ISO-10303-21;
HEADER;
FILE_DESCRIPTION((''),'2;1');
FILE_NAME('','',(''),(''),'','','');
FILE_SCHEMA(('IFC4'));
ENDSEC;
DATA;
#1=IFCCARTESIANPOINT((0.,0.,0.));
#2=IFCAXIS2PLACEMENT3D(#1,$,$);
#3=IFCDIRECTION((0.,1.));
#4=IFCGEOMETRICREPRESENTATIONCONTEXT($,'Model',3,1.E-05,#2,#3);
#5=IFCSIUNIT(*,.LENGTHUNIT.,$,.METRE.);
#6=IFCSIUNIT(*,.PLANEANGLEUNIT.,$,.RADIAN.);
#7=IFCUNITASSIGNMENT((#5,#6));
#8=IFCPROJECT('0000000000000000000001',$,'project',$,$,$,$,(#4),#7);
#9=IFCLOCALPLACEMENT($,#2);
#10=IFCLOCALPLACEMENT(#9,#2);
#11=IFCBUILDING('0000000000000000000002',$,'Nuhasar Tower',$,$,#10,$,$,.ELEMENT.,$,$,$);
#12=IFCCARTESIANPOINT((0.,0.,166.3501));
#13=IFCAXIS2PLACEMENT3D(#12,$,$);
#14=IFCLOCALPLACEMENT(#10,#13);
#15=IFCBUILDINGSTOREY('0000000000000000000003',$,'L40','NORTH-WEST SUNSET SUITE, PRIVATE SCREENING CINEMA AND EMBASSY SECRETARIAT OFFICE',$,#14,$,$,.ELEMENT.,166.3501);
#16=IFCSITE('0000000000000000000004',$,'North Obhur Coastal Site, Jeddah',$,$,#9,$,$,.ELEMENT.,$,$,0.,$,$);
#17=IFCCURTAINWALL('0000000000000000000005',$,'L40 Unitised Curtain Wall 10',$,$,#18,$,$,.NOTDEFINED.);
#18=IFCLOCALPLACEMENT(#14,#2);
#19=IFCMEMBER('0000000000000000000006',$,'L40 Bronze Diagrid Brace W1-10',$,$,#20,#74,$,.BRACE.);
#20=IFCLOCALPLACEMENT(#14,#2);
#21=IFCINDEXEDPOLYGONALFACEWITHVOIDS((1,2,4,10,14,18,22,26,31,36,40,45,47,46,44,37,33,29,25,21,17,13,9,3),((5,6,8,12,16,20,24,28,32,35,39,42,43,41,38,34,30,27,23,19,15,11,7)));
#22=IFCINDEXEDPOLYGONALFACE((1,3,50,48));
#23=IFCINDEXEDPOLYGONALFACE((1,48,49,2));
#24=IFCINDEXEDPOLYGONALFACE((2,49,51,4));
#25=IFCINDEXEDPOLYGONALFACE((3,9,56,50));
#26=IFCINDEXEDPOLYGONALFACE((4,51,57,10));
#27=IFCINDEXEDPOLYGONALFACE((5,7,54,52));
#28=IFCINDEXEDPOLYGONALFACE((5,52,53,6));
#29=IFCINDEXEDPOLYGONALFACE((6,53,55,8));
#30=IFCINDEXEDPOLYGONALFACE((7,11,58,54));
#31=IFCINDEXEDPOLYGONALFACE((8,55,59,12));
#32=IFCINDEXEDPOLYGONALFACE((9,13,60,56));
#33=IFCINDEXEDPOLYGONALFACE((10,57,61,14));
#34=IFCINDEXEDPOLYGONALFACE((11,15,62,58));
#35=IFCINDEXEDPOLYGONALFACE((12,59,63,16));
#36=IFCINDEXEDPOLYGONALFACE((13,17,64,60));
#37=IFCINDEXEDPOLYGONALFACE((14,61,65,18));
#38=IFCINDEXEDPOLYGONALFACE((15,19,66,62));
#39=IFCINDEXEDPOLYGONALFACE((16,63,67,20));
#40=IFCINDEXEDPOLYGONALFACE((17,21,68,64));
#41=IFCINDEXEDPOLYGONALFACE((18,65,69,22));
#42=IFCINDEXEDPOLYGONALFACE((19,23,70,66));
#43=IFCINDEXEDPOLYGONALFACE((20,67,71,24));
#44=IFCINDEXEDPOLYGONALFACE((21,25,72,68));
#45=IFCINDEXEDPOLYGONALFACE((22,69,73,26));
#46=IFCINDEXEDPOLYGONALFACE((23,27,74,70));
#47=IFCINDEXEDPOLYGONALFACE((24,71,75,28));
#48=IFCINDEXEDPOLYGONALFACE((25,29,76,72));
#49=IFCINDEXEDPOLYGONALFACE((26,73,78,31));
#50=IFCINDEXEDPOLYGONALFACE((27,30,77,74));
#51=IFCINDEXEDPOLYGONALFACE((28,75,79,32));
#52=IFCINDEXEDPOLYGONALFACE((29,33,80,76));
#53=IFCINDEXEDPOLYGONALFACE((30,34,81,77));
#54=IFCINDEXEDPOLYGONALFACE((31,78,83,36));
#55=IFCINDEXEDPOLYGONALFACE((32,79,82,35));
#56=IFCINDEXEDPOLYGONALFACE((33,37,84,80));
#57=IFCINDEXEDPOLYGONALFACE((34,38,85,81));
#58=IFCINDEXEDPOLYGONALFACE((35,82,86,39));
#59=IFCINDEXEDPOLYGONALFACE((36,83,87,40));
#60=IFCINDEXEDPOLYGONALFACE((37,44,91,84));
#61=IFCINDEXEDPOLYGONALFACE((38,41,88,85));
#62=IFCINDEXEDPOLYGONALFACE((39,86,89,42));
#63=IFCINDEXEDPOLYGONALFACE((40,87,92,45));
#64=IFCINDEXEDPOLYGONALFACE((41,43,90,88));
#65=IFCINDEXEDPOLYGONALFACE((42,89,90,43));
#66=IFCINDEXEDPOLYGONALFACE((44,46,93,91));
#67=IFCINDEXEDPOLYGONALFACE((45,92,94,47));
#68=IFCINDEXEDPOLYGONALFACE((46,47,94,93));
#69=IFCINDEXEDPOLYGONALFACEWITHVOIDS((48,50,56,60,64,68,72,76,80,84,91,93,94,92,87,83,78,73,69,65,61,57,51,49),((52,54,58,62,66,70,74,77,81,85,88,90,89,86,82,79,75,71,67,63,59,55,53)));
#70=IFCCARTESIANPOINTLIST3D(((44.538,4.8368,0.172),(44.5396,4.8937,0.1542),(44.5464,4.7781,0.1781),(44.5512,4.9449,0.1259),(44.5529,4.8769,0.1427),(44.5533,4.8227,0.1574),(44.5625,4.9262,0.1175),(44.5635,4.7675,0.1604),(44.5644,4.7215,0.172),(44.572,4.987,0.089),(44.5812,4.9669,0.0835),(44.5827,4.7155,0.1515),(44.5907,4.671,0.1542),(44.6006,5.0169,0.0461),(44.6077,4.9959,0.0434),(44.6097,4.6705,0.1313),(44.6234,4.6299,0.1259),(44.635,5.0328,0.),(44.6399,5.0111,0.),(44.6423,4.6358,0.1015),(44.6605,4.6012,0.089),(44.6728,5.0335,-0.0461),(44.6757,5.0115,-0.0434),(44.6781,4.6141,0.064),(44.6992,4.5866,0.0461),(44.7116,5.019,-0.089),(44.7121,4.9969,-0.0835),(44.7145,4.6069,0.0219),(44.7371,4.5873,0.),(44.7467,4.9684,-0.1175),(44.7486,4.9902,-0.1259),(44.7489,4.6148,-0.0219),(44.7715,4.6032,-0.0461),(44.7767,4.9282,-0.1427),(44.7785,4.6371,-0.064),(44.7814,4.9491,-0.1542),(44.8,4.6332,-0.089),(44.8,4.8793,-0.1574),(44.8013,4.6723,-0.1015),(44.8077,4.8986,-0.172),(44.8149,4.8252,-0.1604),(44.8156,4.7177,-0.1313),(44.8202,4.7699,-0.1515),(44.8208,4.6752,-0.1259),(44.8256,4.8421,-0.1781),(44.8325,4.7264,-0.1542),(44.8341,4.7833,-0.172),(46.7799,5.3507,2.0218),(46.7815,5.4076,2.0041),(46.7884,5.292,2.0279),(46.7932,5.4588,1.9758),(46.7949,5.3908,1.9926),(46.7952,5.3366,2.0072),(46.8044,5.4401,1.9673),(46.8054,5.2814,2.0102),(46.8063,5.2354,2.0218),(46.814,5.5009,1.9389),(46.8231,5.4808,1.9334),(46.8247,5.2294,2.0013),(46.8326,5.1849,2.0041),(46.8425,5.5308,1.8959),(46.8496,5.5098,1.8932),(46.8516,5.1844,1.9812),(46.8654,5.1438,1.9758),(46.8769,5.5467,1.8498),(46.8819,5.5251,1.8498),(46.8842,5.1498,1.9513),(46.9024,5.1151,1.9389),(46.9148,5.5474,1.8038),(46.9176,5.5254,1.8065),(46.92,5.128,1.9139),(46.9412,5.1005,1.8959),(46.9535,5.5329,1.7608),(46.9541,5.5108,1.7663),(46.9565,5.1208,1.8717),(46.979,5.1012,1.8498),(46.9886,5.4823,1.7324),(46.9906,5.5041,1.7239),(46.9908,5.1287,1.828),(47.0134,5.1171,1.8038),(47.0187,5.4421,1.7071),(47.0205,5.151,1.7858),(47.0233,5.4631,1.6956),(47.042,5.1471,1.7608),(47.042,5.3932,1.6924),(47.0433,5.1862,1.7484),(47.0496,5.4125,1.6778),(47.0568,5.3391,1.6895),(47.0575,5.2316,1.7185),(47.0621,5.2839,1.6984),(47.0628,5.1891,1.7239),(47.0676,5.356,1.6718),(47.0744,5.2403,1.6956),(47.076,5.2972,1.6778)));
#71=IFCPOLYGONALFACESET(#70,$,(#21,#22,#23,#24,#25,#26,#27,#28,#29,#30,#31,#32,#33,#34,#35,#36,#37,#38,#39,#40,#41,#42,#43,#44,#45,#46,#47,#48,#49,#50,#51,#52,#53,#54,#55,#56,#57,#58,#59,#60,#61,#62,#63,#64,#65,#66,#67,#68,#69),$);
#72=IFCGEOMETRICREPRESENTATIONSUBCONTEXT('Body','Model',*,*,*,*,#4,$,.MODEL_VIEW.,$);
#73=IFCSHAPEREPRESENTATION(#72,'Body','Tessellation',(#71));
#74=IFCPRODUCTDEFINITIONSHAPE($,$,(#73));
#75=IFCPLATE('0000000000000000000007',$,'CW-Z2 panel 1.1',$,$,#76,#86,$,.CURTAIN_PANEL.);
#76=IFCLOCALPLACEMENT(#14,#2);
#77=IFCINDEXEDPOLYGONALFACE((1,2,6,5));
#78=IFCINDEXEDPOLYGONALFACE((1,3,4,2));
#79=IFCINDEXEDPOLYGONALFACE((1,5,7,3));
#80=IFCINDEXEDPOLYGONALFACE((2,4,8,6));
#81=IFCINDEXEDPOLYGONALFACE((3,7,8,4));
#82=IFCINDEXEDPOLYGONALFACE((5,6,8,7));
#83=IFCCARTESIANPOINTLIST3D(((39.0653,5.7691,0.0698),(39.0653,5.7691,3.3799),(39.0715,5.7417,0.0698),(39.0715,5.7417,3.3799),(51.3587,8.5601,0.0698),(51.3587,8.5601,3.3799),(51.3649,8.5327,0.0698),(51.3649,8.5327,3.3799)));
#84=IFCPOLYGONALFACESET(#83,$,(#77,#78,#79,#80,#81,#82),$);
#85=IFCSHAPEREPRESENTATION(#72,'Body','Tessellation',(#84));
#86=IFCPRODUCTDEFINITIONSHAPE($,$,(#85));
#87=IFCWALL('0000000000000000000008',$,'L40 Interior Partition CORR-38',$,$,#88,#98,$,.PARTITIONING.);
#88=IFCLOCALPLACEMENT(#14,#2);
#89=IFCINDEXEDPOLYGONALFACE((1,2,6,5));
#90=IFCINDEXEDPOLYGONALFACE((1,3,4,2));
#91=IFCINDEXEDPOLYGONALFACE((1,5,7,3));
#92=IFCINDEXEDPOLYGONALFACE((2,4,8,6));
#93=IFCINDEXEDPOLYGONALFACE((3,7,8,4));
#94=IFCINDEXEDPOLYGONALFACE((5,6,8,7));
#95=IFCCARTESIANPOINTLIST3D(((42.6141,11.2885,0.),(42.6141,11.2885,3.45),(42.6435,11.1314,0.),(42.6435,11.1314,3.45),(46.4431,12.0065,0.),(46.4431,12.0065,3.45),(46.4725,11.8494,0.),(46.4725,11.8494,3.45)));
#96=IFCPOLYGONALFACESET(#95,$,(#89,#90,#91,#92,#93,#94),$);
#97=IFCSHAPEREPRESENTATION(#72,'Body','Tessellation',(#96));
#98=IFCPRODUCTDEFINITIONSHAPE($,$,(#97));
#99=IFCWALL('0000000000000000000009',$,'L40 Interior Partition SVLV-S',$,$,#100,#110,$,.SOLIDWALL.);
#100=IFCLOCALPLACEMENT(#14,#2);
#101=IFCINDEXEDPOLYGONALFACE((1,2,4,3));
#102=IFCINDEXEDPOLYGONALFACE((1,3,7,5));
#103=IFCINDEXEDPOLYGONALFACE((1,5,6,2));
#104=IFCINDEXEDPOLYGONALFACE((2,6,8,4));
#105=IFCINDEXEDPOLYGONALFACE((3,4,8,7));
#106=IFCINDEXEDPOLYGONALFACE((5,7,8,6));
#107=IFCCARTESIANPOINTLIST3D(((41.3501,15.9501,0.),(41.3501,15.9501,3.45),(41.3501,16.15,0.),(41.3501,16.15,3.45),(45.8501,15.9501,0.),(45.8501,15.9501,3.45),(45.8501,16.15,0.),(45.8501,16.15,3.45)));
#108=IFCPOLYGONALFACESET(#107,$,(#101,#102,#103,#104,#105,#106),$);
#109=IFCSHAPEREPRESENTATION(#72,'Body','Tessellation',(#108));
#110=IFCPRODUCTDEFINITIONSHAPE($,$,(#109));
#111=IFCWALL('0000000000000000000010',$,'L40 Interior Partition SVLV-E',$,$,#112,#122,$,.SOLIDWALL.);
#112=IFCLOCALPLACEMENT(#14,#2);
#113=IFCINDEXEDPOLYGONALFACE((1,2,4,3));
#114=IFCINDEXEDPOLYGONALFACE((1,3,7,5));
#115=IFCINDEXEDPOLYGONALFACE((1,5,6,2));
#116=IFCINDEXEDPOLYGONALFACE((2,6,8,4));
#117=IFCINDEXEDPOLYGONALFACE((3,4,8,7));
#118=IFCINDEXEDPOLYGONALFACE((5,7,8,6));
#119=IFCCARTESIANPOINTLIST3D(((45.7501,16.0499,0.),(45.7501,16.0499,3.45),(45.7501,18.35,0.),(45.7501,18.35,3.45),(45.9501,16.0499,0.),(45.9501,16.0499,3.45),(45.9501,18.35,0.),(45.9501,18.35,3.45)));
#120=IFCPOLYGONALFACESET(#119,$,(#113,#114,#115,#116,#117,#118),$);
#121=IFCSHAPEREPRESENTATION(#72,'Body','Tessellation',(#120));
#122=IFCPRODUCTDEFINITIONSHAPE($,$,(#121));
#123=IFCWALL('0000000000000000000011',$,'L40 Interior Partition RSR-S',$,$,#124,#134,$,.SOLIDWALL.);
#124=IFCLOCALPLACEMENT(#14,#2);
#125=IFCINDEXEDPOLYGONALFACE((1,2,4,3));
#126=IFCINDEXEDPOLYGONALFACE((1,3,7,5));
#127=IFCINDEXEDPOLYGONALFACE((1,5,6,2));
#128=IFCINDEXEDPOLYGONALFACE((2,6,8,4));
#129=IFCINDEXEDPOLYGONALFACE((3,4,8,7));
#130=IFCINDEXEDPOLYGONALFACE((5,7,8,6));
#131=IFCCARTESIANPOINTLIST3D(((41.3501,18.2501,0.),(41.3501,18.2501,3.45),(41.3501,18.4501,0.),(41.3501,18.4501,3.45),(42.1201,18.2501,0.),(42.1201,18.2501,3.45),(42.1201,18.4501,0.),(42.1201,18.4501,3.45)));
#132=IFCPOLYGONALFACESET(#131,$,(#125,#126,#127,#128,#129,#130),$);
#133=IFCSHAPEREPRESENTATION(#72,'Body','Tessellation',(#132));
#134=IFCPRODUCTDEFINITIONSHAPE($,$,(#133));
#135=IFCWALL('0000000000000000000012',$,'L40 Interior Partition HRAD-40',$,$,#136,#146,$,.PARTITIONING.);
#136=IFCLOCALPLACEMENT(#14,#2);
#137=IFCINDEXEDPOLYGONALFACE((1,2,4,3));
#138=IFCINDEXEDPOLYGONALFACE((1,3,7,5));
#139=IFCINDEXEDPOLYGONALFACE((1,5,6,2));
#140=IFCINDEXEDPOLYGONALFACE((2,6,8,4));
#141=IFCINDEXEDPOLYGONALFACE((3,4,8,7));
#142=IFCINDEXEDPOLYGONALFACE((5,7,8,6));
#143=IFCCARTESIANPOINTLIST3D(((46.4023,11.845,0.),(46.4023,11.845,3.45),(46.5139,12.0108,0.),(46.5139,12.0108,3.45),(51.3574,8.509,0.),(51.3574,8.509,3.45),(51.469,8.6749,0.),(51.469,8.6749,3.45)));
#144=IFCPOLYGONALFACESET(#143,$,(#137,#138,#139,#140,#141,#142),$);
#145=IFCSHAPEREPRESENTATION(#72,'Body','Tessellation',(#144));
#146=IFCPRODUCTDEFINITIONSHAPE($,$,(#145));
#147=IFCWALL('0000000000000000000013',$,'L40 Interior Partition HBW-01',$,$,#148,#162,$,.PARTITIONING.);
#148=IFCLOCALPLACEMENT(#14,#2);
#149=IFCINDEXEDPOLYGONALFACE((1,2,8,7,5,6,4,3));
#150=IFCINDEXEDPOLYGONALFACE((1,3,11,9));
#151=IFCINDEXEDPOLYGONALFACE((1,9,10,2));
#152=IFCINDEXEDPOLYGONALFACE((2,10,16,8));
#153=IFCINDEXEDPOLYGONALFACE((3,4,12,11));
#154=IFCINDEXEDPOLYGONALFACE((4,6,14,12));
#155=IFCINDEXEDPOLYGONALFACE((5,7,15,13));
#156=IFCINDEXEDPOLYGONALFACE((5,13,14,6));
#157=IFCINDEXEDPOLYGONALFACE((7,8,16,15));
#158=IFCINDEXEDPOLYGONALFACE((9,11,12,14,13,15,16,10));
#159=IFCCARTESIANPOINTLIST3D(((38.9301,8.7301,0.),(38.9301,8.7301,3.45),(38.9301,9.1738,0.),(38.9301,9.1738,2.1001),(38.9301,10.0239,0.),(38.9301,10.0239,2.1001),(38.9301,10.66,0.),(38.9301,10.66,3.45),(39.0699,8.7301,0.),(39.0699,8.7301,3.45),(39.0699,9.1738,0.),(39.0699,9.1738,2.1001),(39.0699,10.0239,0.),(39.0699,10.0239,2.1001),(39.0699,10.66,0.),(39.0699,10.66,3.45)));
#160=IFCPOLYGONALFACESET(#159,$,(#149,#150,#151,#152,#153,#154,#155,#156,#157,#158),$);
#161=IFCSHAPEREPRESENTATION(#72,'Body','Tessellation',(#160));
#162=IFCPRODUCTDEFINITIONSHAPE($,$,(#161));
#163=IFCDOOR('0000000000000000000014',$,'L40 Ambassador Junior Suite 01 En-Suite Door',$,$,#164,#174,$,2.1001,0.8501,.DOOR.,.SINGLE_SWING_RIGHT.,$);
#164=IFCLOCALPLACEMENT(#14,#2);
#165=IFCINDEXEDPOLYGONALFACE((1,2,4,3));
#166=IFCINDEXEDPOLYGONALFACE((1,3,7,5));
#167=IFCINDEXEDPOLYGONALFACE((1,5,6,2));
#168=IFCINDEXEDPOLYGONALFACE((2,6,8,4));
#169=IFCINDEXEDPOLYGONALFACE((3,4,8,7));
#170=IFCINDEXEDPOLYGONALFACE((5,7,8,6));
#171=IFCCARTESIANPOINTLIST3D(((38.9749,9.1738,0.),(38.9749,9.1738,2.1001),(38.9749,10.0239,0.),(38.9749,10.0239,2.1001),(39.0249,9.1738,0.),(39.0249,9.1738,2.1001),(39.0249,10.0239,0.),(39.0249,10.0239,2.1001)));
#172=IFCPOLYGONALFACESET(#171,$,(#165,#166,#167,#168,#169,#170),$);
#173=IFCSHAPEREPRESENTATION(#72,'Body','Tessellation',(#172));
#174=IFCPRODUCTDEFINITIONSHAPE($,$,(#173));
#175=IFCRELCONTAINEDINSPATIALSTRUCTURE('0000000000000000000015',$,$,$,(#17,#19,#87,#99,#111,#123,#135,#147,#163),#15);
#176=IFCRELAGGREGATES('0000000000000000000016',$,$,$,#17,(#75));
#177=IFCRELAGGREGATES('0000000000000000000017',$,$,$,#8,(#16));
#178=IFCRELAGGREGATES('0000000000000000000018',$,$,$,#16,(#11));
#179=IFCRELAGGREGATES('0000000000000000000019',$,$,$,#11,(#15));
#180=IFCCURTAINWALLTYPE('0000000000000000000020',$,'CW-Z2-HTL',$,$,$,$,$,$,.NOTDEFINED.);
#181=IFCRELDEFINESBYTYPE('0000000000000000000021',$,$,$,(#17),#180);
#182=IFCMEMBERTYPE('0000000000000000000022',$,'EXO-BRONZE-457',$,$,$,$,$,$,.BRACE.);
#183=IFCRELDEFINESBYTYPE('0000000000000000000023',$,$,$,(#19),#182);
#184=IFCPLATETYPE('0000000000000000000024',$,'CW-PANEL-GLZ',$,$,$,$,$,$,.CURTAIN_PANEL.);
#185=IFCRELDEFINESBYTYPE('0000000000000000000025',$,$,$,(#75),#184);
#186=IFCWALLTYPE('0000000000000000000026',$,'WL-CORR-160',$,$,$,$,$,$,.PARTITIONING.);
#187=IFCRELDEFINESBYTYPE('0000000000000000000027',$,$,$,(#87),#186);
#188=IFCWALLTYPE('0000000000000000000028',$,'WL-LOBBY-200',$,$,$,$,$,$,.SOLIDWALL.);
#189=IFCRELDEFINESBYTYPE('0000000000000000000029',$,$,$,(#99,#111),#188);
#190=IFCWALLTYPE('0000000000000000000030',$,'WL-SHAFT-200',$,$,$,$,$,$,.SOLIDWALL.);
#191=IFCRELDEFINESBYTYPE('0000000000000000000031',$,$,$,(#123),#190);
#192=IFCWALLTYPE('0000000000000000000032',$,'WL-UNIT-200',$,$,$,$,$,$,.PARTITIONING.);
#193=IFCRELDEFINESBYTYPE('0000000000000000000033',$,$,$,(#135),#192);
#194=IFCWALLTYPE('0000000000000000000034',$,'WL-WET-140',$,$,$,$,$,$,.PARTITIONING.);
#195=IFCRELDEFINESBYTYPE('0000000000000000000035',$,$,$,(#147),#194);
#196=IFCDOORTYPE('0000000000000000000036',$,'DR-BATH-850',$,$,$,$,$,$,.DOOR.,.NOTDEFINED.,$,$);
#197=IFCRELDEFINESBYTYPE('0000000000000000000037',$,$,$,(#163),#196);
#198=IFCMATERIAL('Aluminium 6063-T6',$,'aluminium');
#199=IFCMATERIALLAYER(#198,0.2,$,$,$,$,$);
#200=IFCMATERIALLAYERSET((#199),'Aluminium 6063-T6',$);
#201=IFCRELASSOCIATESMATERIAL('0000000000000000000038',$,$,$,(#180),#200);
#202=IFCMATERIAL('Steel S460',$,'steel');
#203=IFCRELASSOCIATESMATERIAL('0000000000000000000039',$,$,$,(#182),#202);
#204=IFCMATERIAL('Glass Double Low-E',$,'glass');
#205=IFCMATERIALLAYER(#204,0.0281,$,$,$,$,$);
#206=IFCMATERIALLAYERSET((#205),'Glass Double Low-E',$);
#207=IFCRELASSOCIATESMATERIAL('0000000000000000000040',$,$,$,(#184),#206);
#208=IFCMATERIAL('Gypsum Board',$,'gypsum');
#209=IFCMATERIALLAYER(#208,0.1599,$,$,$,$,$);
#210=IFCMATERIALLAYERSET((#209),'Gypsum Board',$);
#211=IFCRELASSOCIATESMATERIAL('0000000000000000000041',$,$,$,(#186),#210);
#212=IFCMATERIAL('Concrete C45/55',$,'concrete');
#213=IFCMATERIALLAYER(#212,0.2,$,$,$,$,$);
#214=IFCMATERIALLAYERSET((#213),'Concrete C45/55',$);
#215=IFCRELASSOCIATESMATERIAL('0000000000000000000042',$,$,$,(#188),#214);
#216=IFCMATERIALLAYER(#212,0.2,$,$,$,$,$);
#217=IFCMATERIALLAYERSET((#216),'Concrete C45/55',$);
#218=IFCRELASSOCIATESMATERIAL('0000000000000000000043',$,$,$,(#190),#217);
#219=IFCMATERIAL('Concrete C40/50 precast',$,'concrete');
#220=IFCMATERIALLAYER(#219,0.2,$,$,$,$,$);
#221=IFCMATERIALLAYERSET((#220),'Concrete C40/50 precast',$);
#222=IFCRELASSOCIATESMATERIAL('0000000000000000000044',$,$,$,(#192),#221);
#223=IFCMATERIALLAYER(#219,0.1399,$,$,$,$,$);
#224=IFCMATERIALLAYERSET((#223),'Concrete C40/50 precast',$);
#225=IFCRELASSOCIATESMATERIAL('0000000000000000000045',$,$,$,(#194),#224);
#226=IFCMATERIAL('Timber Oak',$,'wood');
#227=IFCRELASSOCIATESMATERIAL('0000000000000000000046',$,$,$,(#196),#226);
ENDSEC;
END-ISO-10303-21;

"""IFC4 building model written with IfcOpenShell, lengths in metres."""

from ifc_helpers import new_model, si_unit, direction, frame, frame_2d, origin, origin_2d, place, context, subcontext, project, spatial, rectangle, hollow_circle, extrude, material, layer, layer_set, material_profile, profile_set, type_object, element, fill, aggregate, save


model = new_model("IFC4")

# Units and contexts
model_context = context("Model", 3, precision=1e-05, world=origin(), true_north=direction((0.0, 1.0)))
body_context = subcontext(model_context, "Body", "Model", "MODEL_VIEW")
ifc_project = project(units=[si_unit("LENGTHUNIT", "METRE"), si_unit("PLANEANGLEUNIT", "RADIAN")], contexts=[model_context])

# Site, building, storey
site_placement = place(None, origin())
site = spatial("IfcSite", under=ifc_project, at=site_placement, Name="North Obhur Coastal Site, Jeddah", CompositionType="ELEMENT", RefElevation=0.0)
building_placement = place(site_placement, origin())
building = spatial("IfcBuilding", under=site, at=building_placement, Name="Nuhasar Tower", CompositionType="ELEMENT")
storey_placement = place(building_placement, frame((0.0, 0.0, 166.3501)))
storey = spatial("IfcBuildingStorey", under=building, at=storey_placement, Name="L40", Description="NORTH-WEST SUNSET SUITE, PRIVATE SCREENING CINEMA AND EMBASSY SECRETARIAT OFFICE", CompositionType="ELEMENT", Elevation=166.3501)

# Shared definitions
ifc_material_1 = material(Name="Aluminium 6063-T6", Category="aluminium")
ifc_layer_1 = layer(ifc_material_1, 0.2)
ifc_layer_set_1 = layer_set([ifc_layer_1], Name="Aluminium 6063-T6")
curtain_wall_type = type_object("IfcCurtainWallType", Name="CW-Z2-HTL", PredefinedType="NOTDEFINED", material=ifc_layer_set_1)

# Curtain wall
curtain_wall_1_placement = place(storey_placement, origin())
curtain_wall_1 = element("IfcCurtainWall", 1, at=curtain_wall_1_placement, inside=storey, type_object=curtain_wall_type, Name="L40 Unitised Curtain Wall 10", PredefinedType="NOTDEFINED")

# Member
ifc_material_2 = material(Name="Steel S460", Category="steel")
ifc_material_profile_1 = material_profile(ifc_material_2, hollow_circle(Radius=0.2285, WallThickness=0.0222, at=origin_2d()), Name="HSS457X22.2")
ifc_profile_set_1 = profile_set([ifc_material_profile_1], Name="Steel S460")
member_type_1 = type_object("IfcMemberType", Name="EXO-BRONZE-457", PredefinedType="BRACE", material=ifc_profile_set_1)
member_1_placement = place(storey_placement, frame((44.686, 4.8101, 0.0), z_axis=(0.75955, 0.17411, 0.626713), x_axis=(-0.223433, 0.974719, 0.0)))
element("IfcMember", 2, at=member_1_placement, inside=storey, type_object=member_type_1, Name="L40 Bronze Diagrid Brace W1-10", PredefinedType="BRACE", context=body_context, shape_type="SweptSolid", body=[
    extrude(hollow_circle(Radius=0.2285, WallThickness=0.0222, at=origin_2d()), origin(), (0.0, 0.0, 1.0), 2.9517),
])

# Plate
ifc_material_3 = material(Name="Glass Double Low-E", Category="glass")
ifc_layer_2 = layer(ifc_material_3, 0.0281)
ifc_layer_set_2 = layer_set([ifc_layer_2], Name="Glass Double Low-E")
plate_type = type_object("IfcPlateType", Name="CW-PANEL-GLZ", PredefinedType="CURTAIN_PANEL", material=ifc_layer_set_2)
plate_placement = place(storey_placement, frame((45.2151, 7.1509, 0.0698), z_axis=(0.0, 0.0, 1.0), x_axis=(0.975184, 0.221397, 0.0)))
plate = element("IfcPlate", 3, at=plate_placement, type_object=plate_type, Name="CW-Z2 panel 1.1", PredefinedType="CURTAIN_PANEL", context=body_context, shape_type="SweptSolid", body=[
    extrude(rectangle(XDim=12.6062, YDim=0.0281, at=origin_2d()), origin(), (0.0, 0.0, 1.0), 3.3101),
])
aggregate(curtain_wall_1, [plate])

# Shared definitions
ifc_material_4 = material(Name="Gypsum Board", Category="gypsum")
ifc_layer_3 = layer(ifc_material_4, 0.1599)
ifc_layer_set_3 = layer_set([ifc_layer_3], Name="Gypsum Board")
wall_type_1 = type_object("IfcWallType", Name="WL-CORR-160", PredefinedType="PARTITIONING", material=ifc_layer_set_3)
ifc_material_5 = material(Name="Timber Oak", Category="wood")

# Wall
wall_1_placement = place(storey_placement, frame((42.6289, 11.21, 0.0), z_axis=(0.0, 0.0, 1.0), x_axis=(0.982869, 0.184304, 0.0)))
element("IfcWall", 4, at=wall_1_placement, inside=storey, type_object=wall_type_1, Name="L40 Interior Partition CORR-38", PredefinedType="PARTITIONING", context=body_context, shape_type="SweptSolid", body=[
    extrude(rectangle(XDim=3.8958, YDim=0.1599, at=frame_2d((1.9478, 0.0))), origin(), (0.0, 0.0, 1.0), 3.45),
])

# Shared definitions
ifc_material_6 = material(Name="Concrete C45/55", Category="concrete")
ifc_layer_4 = layer(ifc_material_6, 0.2)
ifc_layer_set_4 = layer_set([ifc_layer_4], Name="Concrete C45/55")
wall_type_2 = type_object("IfcWallType", Name="WL-LOBBY-200", PredefinedType="SOLIDWALL", material=ifc_layer_set_4)

# Walls
wall_2_placement = place(storey_placement, frame((41.3501, 16.05, 0.0), z_axis=(0.0, 0.0, 1.0), x_axis=(1.0, 0.0, 0.0)))
element("IfcWall", 5, at=wall_2_placement, inside=storey, type_object=wall_type_2, Name="L40 Interior Partition SVLV-S", PredefinedType="SOLIDWALL", context=body_context, shape_type="SweptSolid", body=[
    extrude(rectangle(XDim=4.5, YDim=0.2, at=frame_2d((2.25, 0.0))), origin(), (0.0, 0.0, 1.0), 3.45),
])
wall_3_placement = place(storey_placement, frame((45.8501, 16.05, 0.0), z_axis=(0.0, 0.0, 1.0), x_axis=(0.0, 1.0, 0.0)))
element("IfcWall", 6, at=wall_3_placement, inside=storey, type_object=wall_type_2, Name="L40 Interior Partition SVLV-E", PredefinedType="SOLIDWALL", context=body_context, shape_type="SweptSolid", body=[
    extrude(rectangle(XDim=2.3, YDim=0.2, at=frame_2d((1.1499, 0.0))), origin(), (0.0, 0.0, 1.0), 3.45),
])
ifc_layer_5 = layer(ifc_material_6, 0.2)
ifc_layer_set_5 = layer_set([ifc_layer_5], Name="Concrete C45/55")
wall_type_3 = type_object("IfcWallType", Name="WL-SHAFT-200", PredefinedType="SOLIDWALL", material=ifc_layer_set_5)
wall_4_placement = place(storey_placement, frame((41.3501, 18.3501, 0.0), z_axis=(0.0, 0.0, 1.0), x_axis=(1.0, 0.0, 0.0)))
element("IfcWall", 7, at=wall_4_placement, inside=storey, type_object=wall_type_3, Name="L40 Interior Partition RSR-S", PredefinedType="SOLIDWALL", context=body_context, shape_type="SweptSolid", body=[
    extrude(rectangle(XDim=0.77, YDim=0.2, at=frame_2d((0.385, 0.0))), origin(), (0.0, 0.0, 1.0), 3.45),
])
ifc_material_7 = material(Name="Concrete C40/50 precast", Category="concrete")
ifc_layer_6 = layer(ifc_material_7, 0.2)
ifc_layer_set_6 = layer_set([ifc_layer_6], Name="Concrete C40/50 precast")
wall_type_4 = type_object("IfcWallType", Name="WL-UNIT-200", PredefinedType="PARTITIONING", material=ifc_layer_set_6)
wall_5_placement = place(storey_placement, frame((46.458, 11.928, 0.0), z_axis=(0.0, 0.0, 1.0), x_axis=(0.829527, -0.558467, 0.0)))
element("IfcWall", 8, at=wall_5_placement, inside=storey, type_object=wall_type_4, Name="L40 Interior Partition HRAD-40", PredefinedType="PARTITIONING", context=body_context, shape_type="SweptSolid", body=[
    extrude(rectangle(XDim=5.9734, YDim=0.2, at=frame_2d((2.9868, 0.0))), origin(), (0.0, 0.0, 1.0), 3.45),
])

# Wall, opening, door
ifc_layer_7 = layer(ifc_material_7, 0.1399)
ifc_layer_set_7 = layer_set([ifc_layer_7], Name="Concrete C40/50 precast")
wall_type_5 = type_object("IfcWallType", Name="WL-WET-140", PredefinedType="PARTITIONING", material=ifc_layer_set_7)
wall_6_placement = place(storey_placement, frame((39.0, 10.6599, 0.0), z_axis=(0.0, 0.0, 1.0), x_axis=(0.0, -1.0, 0.0)))
wall_6 = element("IfcWall", 9, at=wall_6_placement, inside=storey, type_object=wall_type_5, Name="L40 Interior Partition HBW-01", PredefinedType="PARTITIONING", context=body_context, shape_type="SweptSolid", body=[
    extrude(rectangle(XDim=1.9299, YDim=0.1399, at=frame_2d((0.9648, 0.0))), origin(), (0.0, 0.0, 1.0), 3.45),
])
opening_1_placement = place(wall_6_placement, frame((0.636, 0.0, 0.0)))
opening_1 = element("IfcOpeningElement", 10, at=opening_1_placement, cuts=wall_6, PredefinedType="OPENING", context=body_context, shape_type="SweptSolid", body=[
    extrude(rectangle(XDim=0.8501, YDim=2.1001, at=frame_2d((0.425, 1.05))), frame((0.0, 0.0801, 0.0), z_axis=(0.0, -1.0, 0.0), x_axis=(1.0, 0.0, 0.0)), (0.0, 0.0, 1.0), 0.1599),
])
door_type_1 = type_object("IfcDoorType", Name="DR-BATH-850", OperationType="NOTDEFINED", PredefinedType="DOOR", material=ifc_material_5)
door_1_placement = place(opening_1_placement, origin())
door_1 = element("IfcDoor", 11, at=door_1_placement, inside=storey, type_object=door_type_1, Name="L40 Ambassador Junior Suite 01 En-Suite Door", OperationType="SINGLE_SWING_RIGHT", OverallHeight=2.1001, OverallWidth=0.8501, PredefinedType="DOOR", context=body_context, shape_type="SweptSolid", body=[
    extrude(rectangle(XDim=0.8501, YDim=2.1001, at=frame_2d((0.425, 1.05))), frame((0.0, 0.0249, 0.0), z_axis=(0.0, -1.0, 0.0), x_axis=(1.0, 0.0, 0.0)), (0.0, 0.0, 1.0), 0.05),
])
fill(opening_1, door_1)

save(model, "model.ifc")
